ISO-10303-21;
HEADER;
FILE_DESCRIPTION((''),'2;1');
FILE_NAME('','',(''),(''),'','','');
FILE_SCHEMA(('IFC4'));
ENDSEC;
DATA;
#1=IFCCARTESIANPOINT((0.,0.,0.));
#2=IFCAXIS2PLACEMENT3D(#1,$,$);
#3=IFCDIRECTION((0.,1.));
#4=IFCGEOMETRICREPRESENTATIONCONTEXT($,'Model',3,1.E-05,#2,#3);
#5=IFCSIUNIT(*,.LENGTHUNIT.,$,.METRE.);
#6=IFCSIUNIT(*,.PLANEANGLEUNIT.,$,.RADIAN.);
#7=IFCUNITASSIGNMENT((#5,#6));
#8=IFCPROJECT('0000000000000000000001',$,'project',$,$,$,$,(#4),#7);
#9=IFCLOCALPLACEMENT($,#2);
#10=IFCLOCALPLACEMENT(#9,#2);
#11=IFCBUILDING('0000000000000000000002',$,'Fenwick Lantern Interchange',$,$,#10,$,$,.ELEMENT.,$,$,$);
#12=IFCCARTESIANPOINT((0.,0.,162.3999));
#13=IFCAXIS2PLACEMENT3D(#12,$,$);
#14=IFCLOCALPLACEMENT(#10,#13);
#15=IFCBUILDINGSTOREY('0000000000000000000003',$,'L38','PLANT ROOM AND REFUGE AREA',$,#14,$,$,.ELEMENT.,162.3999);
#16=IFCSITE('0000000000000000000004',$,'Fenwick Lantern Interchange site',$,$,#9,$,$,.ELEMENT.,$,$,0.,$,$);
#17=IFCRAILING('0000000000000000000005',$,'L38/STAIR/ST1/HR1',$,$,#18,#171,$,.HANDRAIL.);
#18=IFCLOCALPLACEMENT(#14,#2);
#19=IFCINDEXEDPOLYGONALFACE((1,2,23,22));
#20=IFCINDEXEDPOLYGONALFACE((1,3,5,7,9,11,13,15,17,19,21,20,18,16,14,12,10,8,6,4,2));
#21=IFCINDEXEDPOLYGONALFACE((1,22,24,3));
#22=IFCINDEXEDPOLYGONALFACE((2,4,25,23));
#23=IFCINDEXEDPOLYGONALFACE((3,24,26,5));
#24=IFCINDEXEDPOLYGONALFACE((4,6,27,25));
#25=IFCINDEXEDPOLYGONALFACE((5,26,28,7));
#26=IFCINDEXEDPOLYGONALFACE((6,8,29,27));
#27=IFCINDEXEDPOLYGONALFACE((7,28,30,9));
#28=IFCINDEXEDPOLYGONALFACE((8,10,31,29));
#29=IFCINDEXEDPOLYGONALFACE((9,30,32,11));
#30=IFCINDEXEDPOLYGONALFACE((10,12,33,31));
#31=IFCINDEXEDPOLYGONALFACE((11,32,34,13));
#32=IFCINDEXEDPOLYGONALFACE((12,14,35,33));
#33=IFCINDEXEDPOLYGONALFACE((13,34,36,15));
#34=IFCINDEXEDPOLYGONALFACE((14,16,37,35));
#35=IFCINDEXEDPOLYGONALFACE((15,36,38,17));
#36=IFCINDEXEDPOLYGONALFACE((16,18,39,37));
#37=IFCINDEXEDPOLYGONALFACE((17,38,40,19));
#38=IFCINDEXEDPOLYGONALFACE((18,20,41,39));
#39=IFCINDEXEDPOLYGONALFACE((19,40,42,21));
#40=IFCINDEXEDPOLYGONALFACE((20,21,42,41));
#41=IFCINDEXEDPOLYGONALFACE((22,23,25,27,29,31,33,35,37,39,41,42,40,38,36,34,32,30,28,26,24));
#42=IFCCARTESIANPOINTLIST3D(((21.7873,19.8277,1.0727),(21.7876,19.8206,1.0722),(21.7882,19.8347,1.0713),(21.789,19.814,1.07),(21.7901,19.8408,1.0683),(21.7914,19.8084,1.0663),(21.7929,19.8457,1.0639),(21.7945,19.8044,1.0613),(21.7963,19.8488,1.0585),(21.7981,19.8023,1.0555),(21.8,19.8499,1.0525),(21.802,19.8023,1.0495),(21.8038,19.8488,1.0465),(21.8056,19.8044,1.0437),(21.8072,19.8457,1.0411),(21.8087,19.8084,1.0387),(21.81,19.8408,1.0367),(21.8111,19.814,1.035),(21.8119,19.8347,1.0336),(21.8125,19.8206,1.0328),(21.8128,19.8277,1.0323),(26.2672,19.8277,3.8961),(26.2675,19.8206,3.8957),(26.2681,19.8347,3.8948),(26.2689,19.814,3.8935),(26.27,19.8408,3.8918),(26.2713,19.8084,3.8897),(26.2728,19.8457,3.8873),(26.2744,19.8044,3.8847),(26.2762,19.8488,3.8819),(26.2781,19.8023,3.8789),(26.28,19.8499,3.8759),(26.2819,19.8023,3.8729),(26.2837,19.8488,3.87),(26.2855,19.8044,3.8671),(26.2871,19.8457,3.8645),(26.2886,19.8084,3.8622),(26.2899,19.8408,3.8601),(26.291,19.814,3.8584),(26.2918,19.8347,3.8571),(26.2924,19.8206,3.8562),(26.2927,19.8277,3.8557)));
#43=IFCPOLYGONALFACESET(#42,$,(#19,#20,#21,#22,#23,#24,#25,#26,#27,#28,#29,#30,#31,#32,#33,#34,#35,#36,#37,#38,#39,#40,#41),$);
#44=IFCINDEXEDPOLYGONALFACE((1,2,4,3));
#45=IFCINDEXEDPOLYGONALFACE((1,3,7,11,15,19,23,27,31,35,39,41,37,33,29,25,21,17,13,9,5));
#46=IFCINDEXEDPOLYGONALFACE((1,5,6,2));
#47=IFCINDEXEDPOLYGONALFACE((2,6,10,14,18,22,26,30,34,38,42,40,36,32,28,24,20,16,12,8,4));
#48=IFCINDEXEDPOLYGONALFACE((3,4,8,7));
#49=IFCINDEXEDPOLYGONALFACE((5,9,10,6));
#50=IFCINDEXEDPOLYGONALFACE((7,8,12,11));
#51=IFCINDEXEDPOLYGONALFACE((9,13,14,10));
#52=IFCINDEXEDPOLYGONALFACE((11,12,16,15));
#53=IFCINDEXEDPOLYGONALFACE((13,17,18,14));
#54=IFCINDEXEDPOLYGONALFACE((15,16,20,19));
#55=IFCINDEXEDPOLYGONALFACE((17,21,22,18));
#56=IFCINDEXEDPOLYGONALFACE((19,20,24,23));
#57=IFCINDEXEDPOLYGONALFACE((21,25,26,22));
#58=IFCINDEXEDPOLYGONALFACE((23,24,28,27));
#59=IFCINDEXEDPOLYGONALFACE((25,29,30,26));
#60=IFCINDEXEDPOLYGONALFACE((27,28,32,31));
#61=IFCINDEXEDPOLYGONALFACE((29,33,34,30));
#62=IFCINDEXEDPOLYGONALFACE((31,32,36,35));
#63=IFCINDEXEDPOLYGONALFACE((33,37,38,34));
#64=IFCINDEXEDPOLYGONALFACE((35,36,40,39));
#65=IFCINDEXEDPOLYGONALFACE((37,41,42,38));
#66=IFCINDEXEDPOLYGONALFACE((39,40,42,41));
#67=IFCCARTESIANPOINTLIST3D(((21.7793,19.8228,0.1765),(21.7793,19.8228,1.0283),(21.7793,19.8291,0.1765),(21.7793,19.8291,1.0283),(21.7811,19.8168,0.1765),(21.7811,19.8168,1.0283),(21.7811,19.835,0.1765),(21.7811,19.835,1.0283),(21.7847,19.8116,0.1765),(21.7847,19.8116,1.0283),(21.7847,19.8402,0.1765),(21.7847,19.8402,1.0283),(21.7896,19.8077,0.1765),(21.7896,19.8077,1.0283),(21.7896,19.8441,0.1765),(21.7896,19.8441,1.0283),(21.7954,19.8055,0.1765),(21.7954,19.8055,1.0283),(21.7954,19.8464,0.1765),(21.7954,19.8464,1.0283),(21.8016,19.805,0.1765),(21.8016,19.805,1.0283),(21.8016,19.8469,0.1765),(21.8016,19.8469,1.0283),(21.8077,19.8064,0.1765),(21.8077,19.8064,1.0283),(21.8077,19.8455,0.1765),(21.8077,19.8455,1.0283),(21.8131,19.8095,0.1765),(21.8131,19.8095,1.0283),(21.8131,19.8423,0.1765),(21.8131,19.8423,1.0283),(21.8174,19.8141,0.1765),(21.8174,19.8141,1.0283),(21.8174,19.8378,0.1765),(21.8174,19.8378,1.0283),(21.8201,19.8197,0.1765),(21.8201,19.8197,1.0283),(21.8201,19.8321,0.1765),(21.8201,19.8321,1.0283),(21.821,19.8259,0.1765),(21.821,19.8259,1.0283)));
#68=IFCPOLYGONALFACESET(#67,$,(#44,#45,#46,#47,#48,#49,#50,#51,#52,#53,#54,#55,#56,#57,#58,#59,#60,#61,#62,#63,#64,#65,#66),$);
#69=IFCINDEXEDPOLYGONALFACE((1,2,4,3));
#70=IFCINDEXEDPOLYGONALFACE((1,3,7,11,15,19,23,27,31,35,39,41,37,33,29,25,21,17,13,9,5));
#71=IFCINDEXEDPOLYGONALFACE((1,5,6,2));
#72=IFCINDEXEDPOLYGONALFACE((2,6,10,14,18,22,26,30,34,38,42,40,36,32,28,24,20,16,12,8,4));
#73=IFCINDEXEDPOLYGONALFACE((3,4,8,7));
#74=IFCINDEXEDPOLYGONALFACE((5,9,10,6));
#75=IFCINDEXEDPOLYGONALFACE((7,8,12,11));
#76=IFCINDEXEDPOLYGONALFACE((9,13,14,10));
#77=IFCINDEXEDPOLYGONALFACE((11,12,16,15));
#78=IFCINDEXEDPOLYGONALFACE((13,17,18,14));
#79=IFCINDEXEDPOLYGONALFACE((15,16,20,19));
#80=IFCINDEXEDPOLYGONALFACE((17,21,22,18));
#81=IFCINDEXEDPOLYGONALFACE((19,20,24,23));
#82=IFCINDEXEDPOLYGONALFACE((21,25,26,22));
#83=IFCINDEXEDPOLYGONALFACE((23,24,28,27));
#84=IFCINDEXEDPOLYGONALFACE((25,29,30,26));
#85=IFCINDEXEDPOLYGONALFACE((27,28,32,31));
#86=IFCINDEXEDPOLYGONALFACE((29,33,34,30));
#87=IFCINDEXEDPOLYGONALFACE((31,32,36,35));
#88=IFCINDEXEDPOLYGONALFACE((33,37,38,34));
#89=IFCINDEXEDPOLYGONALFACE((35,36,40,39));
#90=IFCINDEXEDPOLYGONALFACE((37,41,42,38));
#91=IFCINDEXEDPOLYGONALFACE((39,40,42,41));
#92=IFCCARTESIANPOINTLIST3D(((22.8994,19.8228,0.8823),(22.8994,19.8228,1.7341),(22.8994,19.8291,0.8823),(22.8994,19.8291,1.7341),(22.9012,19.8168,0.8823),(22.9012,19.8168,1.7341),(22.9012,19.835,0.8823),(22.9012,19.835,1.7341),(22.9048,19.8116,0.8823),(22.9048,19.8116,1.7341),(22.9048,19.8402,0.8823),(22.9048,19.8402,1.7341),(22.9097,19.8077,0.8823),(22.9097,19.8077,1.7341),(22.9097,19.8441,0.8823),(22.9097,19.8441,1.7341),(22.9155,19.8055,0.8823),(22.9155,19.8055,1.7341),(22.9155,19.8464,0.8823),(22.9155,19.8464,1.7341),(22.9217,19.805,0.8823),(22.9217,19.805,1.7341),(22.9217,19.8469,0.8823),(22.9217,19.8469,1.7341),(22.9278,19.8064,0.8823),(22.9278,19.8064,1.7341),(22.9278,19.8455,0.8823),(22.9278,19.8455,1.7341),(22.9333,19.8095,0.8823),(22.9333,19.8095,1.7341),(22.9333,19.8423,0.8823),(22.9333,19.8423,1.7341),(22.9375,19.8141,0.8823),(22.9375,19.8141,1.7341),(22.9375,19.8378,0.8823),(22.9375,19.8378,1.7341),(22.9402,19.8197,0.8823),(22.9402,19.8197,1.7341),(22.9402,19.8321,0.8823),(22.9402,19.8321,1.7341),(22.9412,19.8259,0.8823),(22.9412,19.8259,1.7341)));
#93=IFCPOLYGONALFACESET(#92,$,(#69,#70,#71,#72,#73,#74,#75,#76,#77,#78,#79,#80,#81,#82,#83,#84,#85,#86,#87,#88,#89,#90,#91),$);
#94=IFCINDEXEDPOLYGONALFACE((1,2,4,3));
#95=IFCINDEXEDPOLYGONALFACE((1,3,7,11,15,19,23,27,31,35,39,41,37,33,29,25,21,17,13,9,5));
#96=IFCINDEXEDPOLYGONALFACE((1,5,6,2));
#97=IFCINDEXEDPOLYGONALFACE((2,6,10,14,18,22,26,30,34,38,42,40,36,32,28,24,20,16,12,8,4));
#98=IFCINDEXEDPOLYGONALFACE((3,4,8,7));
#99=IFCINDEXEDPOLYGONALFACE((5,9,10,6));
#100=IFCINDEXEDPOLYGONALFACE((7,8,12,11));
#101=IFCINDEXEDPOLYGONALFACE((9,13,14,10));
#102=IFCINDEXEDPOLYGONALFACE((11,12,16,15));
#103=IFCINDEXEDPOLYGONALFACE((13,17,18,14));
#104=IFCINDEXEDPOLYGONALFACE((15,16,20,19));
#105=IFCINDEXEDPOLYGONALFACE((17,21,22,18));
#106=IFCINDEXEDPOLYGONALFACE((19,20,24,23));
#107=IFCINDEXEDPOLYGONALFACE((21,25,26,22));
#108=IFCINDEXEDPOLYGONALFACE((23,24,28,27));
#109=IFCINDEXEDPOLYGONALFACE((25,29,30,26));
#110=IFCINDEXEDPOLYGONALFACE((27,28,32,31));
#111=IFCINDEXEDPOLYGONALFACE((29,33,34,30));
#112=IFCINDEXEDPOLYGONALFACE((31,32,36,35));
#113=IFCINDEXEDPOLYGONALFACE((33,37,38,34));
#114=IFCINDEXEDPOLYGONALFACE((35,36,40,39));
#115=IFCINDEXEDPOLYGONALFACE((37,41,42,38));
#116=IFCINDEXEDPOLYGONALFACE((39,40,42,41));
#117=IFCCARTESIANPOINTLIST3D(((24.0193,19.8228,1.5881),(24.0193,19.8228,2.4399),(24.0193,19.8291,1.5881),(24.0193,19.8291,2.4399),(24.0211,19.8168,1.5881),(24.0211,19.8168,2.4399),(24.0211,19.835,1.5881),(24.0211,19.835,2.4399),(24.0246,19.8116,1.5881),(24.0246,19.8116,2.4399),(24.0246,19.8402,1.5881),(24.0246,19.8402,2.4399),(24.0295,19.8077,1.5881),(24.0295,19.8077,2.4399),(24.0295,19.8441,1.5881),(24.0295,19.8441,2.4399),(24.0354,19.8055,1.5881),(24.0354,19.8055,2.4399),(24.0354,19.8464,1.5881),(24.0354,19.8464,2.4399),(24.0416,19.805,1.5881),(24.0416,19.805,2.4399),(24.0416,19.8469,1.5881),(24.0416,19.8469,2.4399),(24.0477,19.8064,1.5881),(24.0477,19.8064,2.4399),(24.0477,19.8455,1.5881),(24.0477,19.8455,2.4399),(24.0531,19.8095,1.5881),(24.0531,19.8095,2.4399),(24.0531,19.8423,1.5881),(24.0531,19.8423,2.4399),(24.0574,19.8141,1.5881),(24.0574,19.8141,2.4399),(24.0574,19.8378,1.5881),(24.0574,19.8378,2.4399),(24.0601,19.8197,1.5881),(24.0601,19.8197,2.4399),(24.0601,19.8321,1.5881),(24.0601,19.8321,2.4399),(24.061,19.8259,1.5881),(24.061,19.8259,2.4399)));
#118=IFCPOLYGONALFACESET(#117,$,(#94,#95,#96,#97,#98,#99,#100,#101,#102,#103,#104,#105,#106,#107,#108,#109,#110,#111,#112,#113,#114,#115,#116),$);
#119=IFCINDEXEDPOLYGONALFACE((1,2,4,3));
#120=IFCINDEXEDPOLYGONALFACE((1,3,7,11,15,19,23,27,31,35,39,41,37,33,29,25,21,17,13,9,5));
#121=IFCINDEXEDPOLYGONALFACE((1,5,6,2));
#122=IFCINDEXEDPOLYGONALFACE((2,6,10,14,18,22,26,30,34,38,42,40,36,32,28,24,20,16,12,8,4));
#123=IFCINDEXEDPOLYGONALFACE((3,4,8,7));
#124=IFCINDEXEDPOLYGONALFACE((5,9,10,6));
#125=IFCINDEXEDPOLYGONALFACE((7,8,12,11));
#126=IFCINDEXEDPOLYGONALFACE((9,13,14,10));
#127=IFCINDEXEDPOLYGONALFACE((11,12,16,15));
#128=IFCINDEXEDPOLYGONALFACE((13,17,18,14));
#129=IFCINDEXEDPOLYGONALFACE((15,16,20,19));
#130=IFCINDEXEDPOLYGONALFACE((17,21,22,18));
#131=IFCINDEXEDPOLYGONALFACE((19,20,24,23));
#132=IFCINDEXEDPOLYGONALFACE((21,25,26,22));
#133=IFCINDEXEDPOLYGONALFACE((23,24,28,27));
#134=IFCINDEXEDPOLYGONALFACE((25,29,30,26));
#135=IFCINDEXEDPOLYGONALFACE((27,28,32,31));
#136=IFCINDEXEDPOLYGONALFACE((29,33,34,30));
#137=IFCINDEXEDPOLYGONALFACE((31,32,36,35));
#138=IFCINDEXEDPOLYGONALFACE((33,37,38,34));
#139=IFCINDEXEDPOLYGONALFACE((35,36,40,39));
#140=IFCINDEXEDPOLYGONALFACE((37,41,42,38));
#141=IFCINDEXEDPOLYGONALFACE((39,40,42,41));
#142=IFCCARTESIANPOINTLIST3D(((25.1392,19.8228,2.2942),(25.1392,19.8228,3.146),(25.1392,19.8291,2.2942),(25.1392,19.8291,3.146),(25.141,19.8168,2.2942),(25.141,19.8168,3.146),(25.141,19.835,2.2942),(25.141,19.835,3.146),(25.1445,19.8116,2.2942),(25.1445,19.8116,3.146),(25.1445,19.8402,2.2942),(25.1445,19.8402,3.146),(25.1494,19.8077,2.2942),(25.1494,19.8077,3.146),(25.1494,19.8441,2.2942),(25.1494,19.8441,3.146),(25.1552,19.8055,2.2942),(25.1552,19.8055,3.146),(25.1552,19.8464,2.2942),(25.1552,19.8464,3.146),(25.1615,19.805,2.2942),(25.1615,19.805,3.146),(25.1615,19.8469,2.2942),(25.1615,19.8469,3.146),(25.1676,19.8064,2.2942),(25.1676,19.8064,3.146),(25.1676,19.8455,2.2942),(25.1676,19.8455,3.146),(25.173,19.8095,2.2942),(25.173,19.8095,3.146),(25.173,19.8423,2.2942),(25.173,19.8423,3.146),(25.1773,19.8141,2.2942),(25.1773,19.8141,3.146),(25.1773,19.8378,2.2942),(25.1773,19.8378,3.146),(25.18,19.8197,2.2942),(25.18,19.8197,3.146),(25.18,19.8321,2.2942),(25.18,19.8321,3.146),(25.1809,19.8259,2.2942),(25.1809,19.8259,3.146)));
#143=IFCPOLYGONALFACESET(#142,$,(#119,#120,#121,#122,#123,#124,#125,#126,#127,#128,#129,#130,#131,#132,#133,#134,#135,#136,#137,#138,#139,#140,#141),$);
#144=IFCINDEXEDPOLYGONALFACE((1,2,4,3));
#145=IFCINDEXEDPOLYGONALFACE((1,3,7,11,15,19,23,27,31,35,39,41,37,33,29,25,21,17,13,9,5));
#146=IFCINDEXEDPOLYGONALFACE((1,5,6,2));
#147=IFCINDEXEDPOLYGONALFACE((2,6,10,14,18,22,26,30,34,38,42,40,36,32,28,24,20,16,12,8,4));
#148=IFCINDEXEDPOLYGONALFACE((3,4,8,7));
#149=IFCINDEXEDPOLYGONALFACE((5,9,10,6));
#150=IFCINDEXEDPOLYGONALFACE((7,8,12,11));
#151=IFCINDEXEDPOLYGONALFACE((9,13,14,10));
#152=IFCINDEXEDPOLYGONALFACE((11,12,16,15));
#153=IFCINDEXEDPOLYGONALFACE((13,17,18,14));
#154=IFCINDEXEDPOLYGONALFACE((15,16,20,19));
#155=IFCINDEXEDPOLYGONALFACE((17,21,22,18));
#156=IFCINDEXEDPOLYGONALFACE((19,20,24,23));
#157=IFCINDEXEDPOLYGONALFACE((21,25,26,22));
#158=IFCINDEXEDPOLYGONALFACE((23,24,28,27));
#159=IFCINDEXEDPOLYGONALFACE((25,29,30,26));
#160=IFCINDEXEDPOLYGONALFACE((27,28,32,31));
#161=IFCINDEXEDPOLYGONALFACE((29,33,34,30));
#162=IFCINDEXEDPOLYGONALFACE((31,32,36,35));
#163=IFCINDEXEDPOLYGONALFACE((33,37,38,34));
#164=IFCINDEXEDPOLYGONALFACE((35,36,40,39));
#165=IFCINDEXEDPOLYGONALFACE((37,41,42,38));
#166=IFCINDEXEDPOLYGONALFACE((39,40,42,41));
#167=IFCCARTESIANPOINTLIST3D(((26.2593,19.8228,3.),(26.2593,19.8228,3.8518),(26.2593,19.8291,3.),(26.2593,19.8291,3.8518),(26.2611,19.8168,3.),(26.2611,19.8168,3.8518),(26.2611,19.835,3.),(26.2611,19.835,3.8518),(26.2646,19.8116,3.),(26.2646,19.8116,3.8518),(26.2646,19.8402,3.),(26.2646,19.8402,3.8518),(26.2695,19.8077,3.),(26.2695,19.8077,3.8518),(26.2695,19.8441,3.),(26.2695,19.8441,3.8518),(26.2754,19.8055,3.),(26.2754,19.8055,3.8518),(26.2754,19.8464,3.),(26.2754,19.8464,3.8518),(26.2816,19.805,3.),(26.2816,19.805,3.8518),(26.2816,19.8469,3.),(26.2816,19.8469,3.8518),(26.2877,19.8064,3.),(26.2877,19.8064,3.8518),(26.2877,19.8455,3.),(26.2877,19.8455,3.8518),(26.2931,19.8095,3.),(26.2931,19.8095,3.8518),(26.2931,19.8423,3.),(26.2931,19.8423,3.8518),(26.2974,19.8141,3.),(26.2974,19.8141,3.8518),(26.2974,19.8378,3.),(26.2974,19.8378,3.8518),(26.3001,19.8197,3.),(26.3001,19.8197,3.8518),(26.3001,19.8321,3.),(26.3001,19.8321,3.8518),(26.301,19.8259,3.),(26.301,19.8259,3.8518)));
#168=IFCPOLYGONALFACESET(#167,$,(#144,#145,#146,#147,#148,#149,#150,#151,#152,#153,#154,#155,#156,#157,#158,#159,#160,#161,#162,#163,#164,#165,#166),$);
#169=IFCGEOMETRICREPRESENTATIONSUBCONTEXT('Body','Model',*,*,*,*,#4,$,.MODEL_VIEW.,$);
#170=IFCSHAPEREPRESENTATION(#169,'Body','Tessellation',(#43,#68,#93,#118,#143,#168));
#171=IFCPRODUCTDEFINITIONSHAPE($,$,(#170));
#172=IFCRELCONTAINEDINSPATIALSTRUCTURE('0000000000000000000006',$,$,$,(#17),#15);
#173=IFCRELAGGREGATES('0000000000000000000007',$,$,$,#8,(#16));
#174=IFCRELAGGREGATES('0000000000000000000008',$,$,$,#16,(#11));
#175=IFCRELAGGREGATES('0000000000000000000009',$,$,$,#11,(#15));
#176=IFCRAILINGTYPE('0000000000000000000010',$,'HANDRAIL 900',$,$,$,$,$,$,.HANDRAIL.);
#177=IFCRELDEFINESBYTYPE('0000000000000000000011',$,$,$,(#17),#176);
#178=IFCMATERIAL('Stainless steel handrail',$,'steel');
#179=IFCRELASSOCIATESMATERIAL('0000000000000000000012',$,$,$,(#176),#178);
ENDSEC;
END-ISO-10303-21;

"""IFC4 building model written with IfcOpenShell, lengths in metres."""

from ifc_helpers import new_model, si_unit, direction, frame, origin, origin_2d, place, context, subcontext, project, spatial, circle, extrude, material, type_object, element, save


model = new_model("IFC4")

# Units and contexts
model_context = context("Model", 3, precision=1e-05, world=origin(), true_north=direction((0.0, 1.0)))
body_context = subcontext(model_context, "Body", "Model", "MODEL_VIEW")
ifc_project = project(units=[si_unit("LENGTHUNIT", "METRE"), si_unit("PLANEANGLEUNIT", "RADIAN")], contexts=[model_context])

# Site, building, storey
site_placement = place(None, origin())
site = spatial("IfcSite", under=ifc_project, at=site_placement, Name="Fenwick Lantern Interchange site", CompositionType="ELEMENT", RefElevation=0.0)
building_placement = place(site_placement, origin())
building = spatial("IfcBuilding", under=site, at=building_placement, Name="Fenwick Lantern Interchange", CompositionType="ELEMENT")
storey_placement = place(building_placement, frame((0.0, 0.0, 162.3999)))
storey = spatial("IfcBuildingStorey", under=building, at=storey_placement, Name="L38", Description="PLANT ROOM AND REFUGE AREA", CompositionType="ELEMENT", Elevation=162.3999)

# Railing
ifc_material_1 = material(Name="Stainless steel handrail", Category="steel")
railing_type = type_object("IfcRailingType", Name="HANDRAIL 900", PredefinedType="HANDRAIL", material=ifc_material_1)
railing_placement = place(storey_placement, frame((21.8, 19.8259, 0.1765)))
element("IfcRailing", 1, at=railing_placement, inside=storey, type_object=railing_type, Name="L38/STAIR/ST1/HR1", PredefinedType="HANDRAIL", context=body_context, shape_type="SweptSolid", body=[
    extrude(circle(Radius=0.0239, at=origin_2d()), frame((0.0, 0.0, 0.876), z_axis=(0.845998, 0.0, 0.533186), x_axis=(0.0, 1.0, 0.0)), (0.0, 0.0, 1.0), 5.2954),
    extrude(circle(Radius=0.021, at=origin_2d()), origin(), (0.0, 0.0, 1.0), 0.8518),
    extrude(circle(Radius=0.021, at=origin_2d()), frame((1.1201, 0.0, 0.7058)), (0.0, 0.0, 1.0), 0.8518),
    extrude(circle(Radius=0.021, at=origin_2d()), frame((2.24, 0.0, 1.4116)), (0.0, 0.0, 1.0), 0.8518),
    extrude(circle(Radius=0.021, at=origin_2d()), frame((3.3599, 0.0, 2.1177)), (0.0, 0.0, 1.0), 0.8518),
    extrude(circle(Radius=0.021, at=origin_2d()), frame((4.48, 0.0, 2.8235)), (0.0, 0.0, 1.0), 0.8518),
])

save(model, "model.ifc")
